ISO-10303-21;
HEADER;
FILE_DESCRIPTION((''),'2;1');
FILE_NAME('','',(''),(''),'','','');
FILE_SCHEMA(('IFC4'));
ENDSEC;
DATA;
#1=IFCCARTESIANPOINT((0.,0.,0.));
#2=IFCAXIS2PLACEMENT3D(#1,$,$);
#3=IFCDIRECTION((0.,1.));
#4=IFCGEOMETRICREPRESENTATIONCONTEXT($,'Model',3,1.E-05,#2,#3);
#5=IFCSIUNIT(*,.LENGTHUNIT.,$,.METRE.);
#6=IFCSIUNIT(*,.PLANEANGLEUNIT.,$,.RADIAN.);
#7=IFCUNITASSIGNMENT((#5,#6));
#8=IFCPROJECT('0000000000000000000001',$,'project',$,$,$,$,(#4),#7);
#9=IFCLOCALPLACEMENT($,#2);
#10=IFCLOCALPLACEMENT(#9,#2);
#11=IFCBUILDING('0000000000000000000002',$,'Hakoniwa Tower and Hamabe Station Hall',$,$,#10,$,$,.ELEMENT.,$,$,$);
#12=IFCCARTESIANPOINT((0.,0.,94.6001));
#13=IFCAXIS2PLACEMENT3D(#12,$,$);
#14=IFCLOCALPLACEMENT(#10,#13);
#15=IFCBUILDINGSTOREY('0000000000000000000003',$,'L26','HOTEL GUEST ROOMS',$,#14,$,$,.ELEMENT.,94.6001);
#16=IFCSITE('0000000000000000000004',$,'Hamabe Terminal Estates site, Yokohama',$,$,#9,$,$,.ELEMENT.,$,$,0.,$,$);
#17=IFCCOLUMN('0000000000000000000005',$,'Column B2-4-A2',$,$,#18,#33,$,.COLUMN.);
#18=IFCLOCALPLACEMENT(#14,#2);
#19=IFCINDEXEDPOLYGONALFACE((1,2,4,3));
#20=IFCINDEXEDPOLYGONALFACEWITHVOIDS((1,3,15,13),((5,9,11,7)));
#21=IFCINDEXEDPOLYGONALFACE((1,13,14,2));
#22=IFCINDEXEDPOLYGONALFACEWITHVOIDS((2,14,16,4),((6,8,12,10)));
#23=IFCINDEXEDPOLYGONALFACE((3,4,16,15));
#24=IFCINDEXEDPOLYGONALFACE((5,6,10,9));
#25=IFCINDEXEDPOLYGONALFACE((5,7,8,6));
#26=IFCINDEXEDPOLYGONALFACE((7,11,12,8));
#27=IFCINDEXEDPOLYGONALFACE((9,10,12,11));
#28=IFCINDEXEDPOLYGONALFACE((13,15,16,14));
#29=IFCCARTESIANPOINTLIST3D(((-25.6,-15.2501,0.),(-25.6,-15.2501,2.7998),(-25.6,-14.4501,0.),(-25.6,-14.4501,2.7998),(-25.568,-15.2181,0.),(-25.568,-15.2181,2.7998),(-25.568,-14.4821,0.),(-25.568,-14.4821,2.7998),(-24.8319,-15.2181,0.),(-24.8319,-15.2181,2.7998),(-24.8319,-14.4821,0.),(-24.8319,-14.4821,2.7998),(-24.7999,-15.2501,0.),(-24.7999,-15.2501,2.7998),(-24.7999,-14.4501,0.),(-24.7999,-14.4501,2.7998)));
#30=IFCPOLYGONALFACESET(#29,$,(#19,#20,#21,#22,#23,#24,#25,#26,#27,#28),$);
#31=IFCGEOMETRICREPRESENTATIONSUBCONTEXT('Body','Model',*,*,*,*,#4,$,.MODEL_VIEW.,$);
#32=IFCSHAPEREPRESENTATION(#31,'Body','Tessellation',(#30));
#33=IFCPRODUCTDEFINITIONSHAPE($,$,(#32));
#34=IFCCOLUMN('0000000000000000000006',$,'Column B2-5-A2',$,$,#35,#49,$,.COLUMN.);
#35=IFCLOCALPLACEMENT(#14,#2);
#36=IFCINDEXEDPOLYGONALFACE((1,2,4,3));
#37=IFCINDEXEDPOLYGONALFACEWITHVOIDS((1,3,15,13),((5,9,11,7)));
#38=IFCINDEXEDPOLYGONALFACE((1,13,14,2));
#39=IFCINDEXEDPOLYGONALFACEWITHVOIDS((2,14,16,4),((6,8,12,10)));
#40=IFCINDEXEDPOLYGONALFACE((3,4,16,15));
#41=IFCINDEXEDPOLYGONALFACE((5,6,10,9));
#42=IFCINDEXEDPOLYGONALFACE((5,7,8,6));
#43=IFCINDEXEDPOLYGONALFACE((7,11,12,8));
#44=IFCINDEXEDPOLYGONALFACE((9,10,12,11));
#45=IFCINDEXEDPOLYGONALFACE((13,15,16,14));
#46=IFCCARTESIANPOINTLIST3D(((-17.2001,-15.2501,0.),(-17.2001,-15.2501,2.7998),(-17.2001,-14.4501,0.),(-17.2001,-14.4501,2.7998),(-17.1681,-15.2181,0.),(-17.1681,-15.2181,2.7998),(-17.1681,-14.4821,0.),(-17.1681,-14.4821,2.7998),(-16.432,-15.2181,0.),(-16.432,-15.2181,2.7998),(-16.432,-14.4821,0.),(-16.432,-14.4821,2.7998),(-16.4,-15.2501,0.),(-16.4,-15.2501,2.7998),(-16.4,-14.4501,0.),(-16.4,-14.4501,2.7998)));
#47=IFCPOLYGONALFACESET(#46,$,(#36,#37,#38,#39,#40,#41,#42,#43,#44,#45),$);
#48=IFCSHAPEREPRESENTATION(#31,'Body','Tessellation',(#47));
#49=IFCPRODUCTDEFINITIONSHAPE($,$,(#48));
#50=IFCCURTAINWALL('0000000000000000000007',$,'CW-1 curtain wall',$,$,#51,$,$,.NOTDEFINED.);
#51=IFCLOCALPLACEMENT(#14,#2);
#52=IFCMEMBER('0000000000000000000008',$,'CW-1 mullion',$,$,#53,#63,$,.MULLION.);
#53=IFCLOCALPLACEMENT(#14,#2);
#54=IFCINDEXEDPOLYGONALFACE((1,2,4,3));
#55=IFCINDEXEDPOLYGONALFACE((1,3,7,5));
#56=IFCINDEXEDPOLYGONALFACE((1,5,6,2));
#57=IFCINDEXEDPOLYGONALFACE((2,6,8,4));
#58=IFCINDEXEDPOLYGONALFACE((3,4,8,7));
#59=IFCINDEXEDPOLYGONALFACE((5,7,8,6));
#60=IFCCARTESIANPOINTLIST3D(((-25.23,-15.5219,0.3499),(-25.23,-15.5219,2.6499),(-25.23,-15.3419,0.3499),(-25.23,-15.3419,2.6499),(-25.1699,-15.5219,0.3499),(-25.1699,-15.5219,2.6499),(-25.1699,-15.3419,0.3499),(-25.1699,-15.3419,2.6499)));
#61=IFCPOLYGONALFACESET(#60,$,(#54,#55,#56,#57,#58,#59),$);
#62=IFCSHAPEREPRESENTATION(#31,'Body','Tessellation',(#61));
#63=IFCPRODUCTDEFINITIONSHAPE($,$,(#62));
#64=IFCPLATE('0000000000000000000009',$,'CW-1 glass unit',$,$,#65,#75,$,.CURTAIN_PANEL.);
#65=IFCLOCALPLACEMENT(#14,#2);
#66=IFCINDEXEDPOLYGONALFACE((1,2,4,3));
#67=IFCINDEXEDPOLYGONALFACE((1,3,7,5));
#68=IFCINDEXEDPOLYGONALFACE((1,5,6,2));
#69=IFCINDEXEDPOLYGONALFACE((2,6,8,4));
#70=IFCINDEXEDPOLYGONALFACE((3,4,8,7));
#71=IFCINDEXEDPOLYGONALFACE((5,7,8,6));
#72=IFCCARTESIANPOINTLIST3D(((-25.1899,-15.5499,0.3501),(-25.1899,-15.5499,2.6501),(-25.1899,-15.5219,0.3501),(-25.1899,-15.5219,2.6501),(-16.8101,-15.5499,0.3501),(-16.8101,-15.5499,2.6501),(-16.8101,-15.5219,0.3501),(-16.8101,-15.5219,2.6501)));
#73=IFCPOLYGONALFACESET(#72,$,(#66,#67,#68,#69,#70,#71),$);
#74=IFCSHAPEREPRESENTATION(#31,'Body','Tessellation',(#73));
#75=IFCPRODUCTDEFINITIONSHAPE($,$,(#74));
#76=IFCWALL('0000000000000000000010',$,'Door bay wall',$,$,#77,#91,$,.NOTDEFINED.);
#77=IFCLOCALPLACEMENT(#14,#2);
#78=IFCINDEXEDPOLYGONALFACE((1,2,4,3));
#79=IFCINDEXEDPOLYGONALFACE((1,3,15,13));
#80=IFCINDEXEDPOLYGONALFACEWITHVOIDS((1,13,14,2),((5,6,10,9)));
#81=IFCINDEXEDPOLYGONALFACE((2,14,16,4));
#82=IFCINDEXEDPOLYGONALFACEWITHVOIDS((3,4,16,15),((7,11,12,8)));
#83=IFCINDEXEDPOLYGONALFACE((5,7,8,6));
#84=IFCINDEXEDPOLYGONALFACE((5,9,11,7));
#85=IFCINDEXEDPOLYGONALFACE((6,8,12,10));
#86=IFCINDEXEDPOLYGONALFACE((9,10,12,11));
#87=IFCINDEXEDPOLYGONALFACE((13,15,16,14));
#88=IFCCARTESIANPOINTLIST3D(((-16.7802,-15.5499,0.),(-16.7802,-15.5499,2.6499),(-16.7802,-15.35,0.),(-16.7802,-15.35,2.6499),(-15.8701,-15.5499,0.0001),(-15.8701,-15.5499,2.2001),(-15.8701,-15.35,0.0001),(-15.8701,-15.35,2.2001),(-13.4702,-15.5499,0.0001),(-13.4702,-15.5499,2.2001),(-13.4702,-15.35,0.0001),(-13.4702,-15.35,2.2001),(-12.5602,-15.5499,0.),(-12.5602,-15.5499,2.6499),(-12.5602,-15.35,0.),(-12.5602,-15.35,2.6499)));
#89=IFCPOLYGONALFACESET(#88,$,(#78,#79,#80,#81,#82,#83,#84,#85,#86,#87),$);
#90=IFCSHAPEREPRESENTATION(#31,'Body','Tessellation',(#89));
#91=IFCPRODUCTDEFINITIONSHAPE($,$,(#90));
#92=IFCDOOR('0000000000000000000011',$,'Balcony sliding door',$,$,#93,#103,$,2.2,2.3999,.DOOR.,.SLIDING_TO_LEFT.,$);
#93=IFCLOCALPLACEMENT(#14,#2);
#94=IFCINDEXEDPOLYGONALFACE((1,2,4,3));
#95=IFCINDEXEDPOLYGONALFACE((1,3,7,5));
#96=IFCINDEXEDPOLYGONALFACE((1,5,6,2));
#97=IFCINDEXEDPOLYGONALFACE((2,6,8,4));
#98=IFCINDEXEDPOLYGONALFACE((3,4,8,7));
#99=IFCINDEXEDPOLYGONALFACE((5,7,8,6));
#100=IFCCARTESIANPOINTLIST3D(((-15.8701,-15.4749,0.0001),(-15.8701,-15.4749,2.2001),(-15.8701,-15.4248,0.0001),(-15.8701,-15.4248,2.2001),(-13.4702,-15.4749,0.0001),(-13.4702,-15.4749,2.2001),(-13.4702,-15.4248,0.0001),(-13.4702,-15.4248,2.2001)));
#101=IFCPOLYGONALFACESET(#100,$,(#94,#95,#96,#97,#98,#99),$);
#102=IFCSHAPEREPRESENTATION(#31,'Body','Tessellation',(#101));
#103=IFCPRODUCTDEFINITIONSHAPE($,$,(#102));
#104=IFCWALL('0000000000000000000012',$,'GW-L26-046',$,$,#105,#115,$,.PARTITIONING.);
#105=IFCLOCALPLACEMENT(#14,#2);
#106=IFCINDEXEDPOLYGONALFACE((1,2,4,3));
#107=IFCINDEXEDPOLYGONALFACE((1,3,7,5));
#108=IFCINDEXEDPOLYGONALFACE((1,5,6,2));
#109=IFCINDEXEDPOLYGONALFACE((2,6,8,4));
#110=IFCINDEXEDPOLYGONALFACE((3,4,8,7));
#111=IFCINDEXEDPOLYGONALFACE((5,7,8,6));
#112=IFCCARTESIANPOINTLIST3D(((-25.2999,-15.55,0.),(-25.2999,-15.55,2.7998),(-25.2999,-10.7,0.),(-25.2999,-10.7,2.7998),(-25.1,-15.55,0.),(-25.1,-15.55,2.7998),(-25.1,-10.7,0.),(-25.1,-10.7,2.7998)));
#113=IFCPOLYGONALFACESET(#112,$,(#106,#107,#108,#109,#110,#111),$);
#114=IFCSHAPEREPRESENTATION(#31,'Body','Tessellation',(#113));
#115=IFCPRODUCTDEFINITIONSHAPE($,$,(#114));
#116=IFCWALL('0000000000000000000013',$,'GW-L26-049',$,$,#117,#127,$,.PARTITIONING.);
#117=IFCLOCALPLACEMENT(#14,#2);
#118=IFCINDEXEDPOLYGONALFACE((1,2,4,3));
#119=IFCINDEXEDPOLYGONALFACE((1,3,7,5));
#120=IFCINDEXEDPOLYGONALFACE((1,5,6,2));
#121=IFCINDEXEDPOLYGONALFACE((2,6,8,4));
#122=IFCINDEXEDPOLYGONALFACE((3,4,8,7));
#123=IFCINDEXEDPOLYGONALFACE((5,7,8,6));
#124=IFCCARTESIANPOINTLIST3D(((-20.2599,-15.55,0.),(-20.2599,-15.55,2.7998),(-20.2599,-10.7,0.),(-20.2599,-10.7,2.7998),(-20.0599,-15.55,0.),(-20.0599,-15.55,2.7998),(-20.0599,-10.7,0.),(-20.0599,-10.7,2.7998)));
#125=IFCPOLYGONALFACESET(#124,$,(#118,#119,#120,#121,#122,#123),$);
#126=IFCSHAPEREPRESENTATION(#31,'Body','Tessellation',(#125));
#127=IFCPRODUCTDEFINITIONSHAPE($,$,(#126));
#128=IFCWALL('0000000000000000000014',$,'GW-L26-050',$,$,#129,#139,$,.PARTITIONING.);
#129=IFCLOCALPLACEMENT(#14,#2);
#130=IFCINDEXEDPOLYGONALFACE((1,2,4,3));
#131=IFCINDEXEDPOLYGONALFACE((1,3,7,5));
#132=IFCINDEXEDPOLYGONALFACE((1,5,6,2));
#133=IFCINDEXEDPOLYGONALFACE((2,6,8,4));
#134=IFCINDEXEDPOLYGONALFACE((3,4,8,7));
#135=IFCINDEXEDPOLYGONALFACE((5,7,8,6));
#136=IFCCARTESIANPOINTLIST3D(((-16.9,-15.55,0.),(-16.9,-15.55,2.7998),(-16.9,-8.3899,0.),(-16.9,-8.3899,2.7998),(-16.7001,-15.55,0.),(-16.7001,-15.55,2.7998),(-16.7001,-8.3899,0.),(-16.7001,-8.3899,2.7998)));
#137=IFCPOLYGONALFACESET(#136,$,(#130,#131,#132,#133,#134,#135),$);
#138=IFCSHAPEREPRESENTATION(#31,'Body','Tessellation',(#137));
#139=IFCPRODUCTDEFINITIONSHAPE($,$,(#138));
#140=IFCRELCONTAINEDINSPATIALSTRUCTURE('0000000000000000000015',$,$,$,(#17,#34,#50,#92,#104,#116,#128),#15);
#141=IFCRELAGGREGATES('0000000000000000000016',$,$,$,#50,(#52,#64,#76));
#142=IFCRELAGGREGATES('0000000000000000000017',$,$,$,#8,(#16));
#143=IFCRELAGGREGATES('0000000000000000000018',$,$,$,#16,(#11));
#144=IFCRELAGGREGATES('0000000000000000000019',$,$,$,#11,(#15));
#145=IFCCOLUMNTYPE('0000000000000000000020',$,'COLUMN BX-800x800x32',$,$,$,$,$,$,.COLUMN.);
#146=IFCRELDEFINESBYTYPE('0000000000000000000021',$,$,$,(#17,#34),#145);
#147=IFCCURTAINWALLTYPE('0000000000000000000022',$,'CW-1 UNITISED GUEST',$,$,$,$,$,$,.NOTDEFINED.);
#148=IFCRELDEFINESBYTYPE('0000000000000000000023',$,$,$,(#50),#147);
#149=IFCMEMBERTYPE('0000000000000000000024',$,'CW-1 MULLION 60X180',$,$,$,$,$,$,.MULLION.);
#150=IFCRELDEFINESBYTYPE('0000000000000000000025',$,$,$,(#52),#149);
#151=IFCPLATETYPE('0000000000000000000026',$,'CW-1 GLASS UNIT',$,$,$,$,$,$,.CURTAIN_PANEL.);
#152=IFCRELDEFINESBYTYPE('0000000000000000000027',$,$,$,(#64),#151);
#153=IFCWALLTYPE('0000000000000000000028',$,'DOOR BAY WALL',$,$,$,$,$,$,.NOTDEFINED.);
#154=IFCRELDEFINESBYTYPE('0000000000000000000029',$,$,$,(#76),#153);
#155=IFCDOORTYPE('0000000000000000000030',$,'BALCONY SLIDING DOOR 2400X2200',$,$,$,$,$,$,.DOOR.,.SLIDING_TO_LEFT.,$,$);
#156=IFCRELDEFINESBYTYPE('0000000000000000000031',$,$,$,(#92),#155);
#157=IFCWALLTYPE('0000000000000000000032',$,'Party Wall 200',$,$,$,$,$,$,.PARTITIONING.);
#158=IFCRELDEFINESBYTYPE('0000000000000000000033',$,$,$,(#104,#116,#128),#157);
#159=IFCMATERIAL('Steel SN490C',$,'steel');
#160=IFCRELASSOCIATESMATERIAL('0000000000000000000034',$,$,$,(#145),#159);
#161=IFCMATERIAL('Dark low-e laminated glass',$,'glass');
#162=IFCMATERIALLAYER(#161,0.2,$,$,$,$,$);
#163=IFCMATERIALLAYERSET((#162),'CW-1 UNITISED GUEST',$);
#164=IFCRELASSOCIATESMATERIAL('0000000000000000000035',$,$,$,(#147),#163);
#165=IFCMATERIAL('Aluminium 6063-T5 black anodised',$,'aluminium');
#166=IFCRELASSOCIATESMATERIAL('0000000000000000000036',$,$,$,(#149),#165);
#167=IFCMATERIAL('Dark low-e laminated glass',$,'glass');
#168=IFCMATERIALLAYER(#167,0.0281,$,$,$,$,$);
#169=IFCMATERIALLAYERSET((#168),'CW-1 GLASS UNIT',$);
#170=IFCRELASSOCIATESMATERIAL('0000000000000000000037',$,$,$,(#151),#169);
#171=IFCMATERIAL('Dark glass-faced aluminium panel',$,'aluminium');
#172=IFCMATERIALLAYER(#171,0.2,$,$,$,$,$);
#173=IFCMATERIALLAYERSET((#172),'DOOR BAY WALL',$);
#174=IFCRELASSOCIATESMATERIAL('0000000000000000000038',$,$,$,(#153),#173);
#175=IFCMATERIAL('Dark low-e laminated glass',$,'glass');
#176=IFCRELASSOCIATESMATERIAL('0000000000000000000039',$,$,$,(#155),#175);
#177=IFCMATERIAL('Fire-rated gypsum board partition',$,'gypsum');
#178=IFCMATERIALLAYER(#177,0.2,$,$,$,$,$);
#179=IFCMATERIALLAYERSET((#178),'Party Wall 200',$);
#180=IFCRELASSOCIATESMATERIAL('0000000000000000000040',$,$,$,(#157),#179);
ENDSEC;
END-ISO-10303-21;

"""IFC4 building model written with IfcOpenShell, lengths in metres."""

from ifc_helpers import new_model, si_unit, direction, frame, frame_2d, origin, origin_2d, place, context, subcontext, project, spatial, rectangle, hollow_rectangle, extrude, material, layer, layer_set, material_profile, profile_set, type_object, element, fill, aggregate, save


model = new_model("IFC4")

# Units and contexts
model_context = context("Model", 3, precision=1e-05, world=origin(), true_north=direction((0.0, 1.0)))
body_context = subcontext(model_context, "Body", "Model", "MODEL_VIEW")
ifc_project = project(units=[si_unit("LENGTHUNIT", "METRE"), si_unit("PLANEANGLEUNIT", "RADIAN")], contexts=[model_context])

# Site, building, storey
site_placement = place(None, origin())
site = spatial("IfcSite", under=ifc_project, at=site_placement, Name="Hamabe Terminal Estates site, Yokohama", CompositionType="ELEMENT", RefElevation=0.0)
building_placement = place(site_placement, origin())
building = spatial("IfcBuilding", under=site, at=building_placement, Name="Hakoniwa Tower and Hamabe Station Hall", CompositionType="ELEMENT")
storey_placement = place(building_placement, frame((0.0, 0.0, 94.6001)))
storey = spatial("IfcBuildingStorey", under=building, at=storey_placement, Name="L26", Description="HOTEL GUEST ROOMS", CompositionType="ELEMENT", Elevation=94.6001)

# Columns
ifc_material_1 = material(Name="Steel SN490C", Category="steel")
ifc_material_profile_1 = material_profile(ifc_material_1, hollow_rectangle(XDim=0.8, YDim=0.8, WallThickness=0.032, at=origin_2d()), Name="BX-800x800x32")
ifc_profile_set_1 = profile_set([ifc_material_profile_1], Name="Steel SN490C")
column_type = type_object("IfcColumnType", Name="COLUMN BX-800x800x32", PredefinedType="COLUMN", material=ifc_profile_set_1)
for number, where, z_axis, x_axis, name in (
    (1, (-25.2, -14.8501, 0.0), (0.0, 0.0, 1.0), (1.0, 0.0, 0.0), "Column B2-4-A2"),
    (2, (-16.8, -14.8501, 0.0), (0.0, 0.0, 1.0), (1.0, 0.0, 0.0), "Column B2-5-A2"),
):
    element("IfcColumn", number, at=place(storey_placement, frame(where, z_axis=z_axis, x_axis=x_axis)), inside=storey, type_object=column_type, Name=name, PredefinedType="COLUMN", context=body_context, shape_type="SweptSolid", body=[
        extrude(hollow_rectangle(XDim=0.8, YDim=0.8, WallThickness=0.032, at=origin_2d()), origin(), (0.0, 0.0, 1.0), 2.7998),
    ])

# Curtain wall, member, plate, wall, opening, door
ifc_material_2 = material(Name="Dark low-e laminated glass", Category="glass")
ifc_layer_1 = layer(ifc_material_2, 0.2)
ifc_layer_set_1 = layer_set([ifc_layer_1], Name="CW-1 UNITISED GUEST")
curtain_wall_type = type_object("IfcCurtainWallType", Name="CW-1 UNITISED GUEST", PredefinedType="NOTDEFINED", material=ifc_layer_set_1)
curtain_wall_placement = place(storey_placement, origin())
curtain_wall = element("IfcCurtainWall", 3, at=curtain_wall_placement, inside=storey, type_object=curtain_wall_type, Name="CW-1 curtain wall", PredefinedType="NOTDEFINED")
ifc_material_3 = material(Name="Aluminium 6063-T5 black anodised", Category="aluminium")
ifc_material_profile_2 = material_profile(ifc_material_3, rectangle(XDim=0.0601, YDim=0.1799, at=origin_2d()), Name="CW-1 MULLION 60X180")
ifc_profile_set_2 = profile_set([ifc_material_profile_2], Name="Aluminium 6063-T5 black anodised")
member_type = type_object("IfcMemberType", Name="CW-1 MULLION 60X180", PredefinedType="MULLION", material=ifc_profile_set_2)
member_placement = place(storey_placement, frame((-25.2, -15.4319, 0.3499), z_axis=(0.0, 0.0, 1.0), x_axis=(1.0, 0.0, 0.0)))
member = element("IfcMember", 4, at=member_placement, type_object=member_type, Name="CW-1 mullion", PredefinedType="MULLION", context=body_context, shape_type="SweptSolid", body=[
    extrude(rectangle(XDim=0.0601, YDim=0.1799, at=origin_2d()), origin(), (0.0, 0.0, 1.0), 2.3),
])
ifc_material_4 = material(Name="Dark low-e laminated glass", Category="glass")
ifc_layer_2 = layer(ifc_material_4, 0.0281)
ifc_layer_set_2 = layer_set([ifc_layer_2], Name="CW-1 GLASS UNIT")
plate_type = type_object("IfcPlateType", Name="CW-1 GLASS UNIT", PredefinedType="CURTAIN_PANEL", material=ifc_layer_set_2)
plate_placement = place(storey_placement, frame((-21.0, -15.5359, 0.3501), z_axis=(0.0, 0.0, 1.0), x_axis=(1.0, 0.0, 0.0)))
plate = element("IfcPlate", 5, at=plate_placement, type_object=plate_type, Name="CW-1 glass unit", PredefinedType="CURTAIN_PANEL", context=body_context, shape_type="SweptSolid", body=[
    extrude(rectangle(XDim=8.3799, YDim=0.0281, at=origin_2d()), origin(), (0.0, 0.0, 1.0), 2.3),
])
ifc_material_5 = material(Name="Dark glass-faced aluminium panel", Category="aluminium")
ifc_layer_3 = layer(ifc_material_5, 0.2)
ifc_layer_set_3 = layer_set([ifc_layer_3], Name="DOOR BAY WALL")
wall_type_1 = type_object("IfcWallType", Name="DOOR BAY WALL", PredefinedType="NOTDEFINED", material=ifc_layer_set_3)
wall_1_placement = place(storey_placement, frame((-16.78, -15.45, 0.0), z_axis=(0.0, 0.0, 1.0), x_axis=(1.0, 0.0, 0.0)))
wall_1 = element("IfcWall", 6, at=wall_1_placement, type_object=wall_type_1, Name="Door bay wall", PredefinedType="NOTDEFINED", context=body_context, shape_type="SweptSolid", body=[
    extrude(rectangle(XDim=4.22, YDim=0.2, at=frame_2d((2.1099, 0.0))), origin(), (0.0, 0.0, 1.0), 2.6499),
])
opening_placement = place(wall_1_placement, frame((0.9099, 0.0, 0.0)))
opening = element("IfcOpeningElement", 7, at=opening_placement, cuts=wall_1, PredefinedType="OPENING", context=body_context, shape_type="SweptSolid", body=[
    extrude(rectangle(XDim=2.3999, YDim=2.2, at=frame_2d((1.2, 1.1001))), frame((0.0, 0.1099, 0.0), z_axis=(0.0, -1.0, 0.0), x_axis=(1.0, 0.0, 0.0)), (0.0, 0.0, 1.0), 0.22),
])
ifc_material_6 = material(Name="Dark low-e laminated glass", Category="glass")
door_type = type_object("IfcDoorType", Name="BALCONY SLIDING DOOR 2400X2200", OperationType="SLIDING_TO_LEFT", PredefinedType="DOOR", material=ifc_material_6)
door_placement = place(opening_placement, frame((2.3999, 0.0, 0.0), z_axis=(0.0, 0.0, 1.0), x_axis=(-1.0, 0.0, 0.0)))
door = element("IfcDoor", 8, at=door_placement, inside=storey, type_object=door_type, Name="Balcony sliding door", OperationType="SLIDING_TO_LEFT", OverallHeight=2.2, OverallWidth=2.3999, PredefinedType="DOOR", context=body_context, shape_type="SweptSolid", body=[
    extrude(rectangle(XDim=2.3999, YDim=2.2, at=frame_2d((1.2, 1.1001))), frame((0.0, 0.0249, 0.0), z_axis=(0.0, -1.0, 0.0), x_axis=(1.0, 0.0, 0.0)), (0.0, 0.0, 1.0), 0.05),
])
fill(opening, door)
aggregate(curtain_wall, [member, plate, wall_1])

# Walls
ifc_material_7 = material(Name="Fire-rated gypsum board partition", Category="gypsum")
ifc_layer_4 = layer(ifc_material_7, 0.2)
ifc_layer_set_4 = layer_set([ifc_layer_4], Name="Party Wall 200")
wall_type_2 = type_object("IfcWallType", Name="Party Wall 200", PredefinedType="PARTITIONING", material=ifc_layer_set_4)
for number, where, z_axis, x_axis, name in (
    (9, (-25.2, -15.55, 0.0), (0.0, 0.0, 1.0), (0.0, 1.0, 0.0), "GW-L26-046"),
    (10, (-20.1599, -15.55, 0.0), (0.0, 0.0, 1.0), (0.0, 1.0, 0.0), "GW-L26-049"),
):
    element("IfcWall", number, at=place(storey_placement, frame(where, z_axis=z_axis, x_axis=x_axis)), inside=storey, type_object=wall_type_2, Name=name, PredefinedType="PARTITIONING", context=body_context, shape_type="SweptSolid", body=[
        extrude(rectangle(XDim=4.8501, YDim=0.2, at=frame_2d((2.425, 0.0))), origin(), (0.0, 0.0, 1.0), 2.7998),
    ])
wall_2_placement = place(storey_placement, frame((-16.8, -15.55, 0.0), z_axis=(0.0, 0.0, 1.0), x_axis=(0.0, 1.0, 0.0)))
element("IfcWall", 11, at=wall_2_placement, inside=storey, type_object=wall_type_2, Name="GW-L26-050", PredefinedType="PARTITIONING", context=body_context, shape_type="SweptSolid", body=[
    extrude(rectangle(XDim=7.1602, YDim=0.2, at=frame_2d((3.5801, 0.0))), origin(), (0.0, 0.0, 1.0), 2.7998),
])

save(model, "model.ifc")
